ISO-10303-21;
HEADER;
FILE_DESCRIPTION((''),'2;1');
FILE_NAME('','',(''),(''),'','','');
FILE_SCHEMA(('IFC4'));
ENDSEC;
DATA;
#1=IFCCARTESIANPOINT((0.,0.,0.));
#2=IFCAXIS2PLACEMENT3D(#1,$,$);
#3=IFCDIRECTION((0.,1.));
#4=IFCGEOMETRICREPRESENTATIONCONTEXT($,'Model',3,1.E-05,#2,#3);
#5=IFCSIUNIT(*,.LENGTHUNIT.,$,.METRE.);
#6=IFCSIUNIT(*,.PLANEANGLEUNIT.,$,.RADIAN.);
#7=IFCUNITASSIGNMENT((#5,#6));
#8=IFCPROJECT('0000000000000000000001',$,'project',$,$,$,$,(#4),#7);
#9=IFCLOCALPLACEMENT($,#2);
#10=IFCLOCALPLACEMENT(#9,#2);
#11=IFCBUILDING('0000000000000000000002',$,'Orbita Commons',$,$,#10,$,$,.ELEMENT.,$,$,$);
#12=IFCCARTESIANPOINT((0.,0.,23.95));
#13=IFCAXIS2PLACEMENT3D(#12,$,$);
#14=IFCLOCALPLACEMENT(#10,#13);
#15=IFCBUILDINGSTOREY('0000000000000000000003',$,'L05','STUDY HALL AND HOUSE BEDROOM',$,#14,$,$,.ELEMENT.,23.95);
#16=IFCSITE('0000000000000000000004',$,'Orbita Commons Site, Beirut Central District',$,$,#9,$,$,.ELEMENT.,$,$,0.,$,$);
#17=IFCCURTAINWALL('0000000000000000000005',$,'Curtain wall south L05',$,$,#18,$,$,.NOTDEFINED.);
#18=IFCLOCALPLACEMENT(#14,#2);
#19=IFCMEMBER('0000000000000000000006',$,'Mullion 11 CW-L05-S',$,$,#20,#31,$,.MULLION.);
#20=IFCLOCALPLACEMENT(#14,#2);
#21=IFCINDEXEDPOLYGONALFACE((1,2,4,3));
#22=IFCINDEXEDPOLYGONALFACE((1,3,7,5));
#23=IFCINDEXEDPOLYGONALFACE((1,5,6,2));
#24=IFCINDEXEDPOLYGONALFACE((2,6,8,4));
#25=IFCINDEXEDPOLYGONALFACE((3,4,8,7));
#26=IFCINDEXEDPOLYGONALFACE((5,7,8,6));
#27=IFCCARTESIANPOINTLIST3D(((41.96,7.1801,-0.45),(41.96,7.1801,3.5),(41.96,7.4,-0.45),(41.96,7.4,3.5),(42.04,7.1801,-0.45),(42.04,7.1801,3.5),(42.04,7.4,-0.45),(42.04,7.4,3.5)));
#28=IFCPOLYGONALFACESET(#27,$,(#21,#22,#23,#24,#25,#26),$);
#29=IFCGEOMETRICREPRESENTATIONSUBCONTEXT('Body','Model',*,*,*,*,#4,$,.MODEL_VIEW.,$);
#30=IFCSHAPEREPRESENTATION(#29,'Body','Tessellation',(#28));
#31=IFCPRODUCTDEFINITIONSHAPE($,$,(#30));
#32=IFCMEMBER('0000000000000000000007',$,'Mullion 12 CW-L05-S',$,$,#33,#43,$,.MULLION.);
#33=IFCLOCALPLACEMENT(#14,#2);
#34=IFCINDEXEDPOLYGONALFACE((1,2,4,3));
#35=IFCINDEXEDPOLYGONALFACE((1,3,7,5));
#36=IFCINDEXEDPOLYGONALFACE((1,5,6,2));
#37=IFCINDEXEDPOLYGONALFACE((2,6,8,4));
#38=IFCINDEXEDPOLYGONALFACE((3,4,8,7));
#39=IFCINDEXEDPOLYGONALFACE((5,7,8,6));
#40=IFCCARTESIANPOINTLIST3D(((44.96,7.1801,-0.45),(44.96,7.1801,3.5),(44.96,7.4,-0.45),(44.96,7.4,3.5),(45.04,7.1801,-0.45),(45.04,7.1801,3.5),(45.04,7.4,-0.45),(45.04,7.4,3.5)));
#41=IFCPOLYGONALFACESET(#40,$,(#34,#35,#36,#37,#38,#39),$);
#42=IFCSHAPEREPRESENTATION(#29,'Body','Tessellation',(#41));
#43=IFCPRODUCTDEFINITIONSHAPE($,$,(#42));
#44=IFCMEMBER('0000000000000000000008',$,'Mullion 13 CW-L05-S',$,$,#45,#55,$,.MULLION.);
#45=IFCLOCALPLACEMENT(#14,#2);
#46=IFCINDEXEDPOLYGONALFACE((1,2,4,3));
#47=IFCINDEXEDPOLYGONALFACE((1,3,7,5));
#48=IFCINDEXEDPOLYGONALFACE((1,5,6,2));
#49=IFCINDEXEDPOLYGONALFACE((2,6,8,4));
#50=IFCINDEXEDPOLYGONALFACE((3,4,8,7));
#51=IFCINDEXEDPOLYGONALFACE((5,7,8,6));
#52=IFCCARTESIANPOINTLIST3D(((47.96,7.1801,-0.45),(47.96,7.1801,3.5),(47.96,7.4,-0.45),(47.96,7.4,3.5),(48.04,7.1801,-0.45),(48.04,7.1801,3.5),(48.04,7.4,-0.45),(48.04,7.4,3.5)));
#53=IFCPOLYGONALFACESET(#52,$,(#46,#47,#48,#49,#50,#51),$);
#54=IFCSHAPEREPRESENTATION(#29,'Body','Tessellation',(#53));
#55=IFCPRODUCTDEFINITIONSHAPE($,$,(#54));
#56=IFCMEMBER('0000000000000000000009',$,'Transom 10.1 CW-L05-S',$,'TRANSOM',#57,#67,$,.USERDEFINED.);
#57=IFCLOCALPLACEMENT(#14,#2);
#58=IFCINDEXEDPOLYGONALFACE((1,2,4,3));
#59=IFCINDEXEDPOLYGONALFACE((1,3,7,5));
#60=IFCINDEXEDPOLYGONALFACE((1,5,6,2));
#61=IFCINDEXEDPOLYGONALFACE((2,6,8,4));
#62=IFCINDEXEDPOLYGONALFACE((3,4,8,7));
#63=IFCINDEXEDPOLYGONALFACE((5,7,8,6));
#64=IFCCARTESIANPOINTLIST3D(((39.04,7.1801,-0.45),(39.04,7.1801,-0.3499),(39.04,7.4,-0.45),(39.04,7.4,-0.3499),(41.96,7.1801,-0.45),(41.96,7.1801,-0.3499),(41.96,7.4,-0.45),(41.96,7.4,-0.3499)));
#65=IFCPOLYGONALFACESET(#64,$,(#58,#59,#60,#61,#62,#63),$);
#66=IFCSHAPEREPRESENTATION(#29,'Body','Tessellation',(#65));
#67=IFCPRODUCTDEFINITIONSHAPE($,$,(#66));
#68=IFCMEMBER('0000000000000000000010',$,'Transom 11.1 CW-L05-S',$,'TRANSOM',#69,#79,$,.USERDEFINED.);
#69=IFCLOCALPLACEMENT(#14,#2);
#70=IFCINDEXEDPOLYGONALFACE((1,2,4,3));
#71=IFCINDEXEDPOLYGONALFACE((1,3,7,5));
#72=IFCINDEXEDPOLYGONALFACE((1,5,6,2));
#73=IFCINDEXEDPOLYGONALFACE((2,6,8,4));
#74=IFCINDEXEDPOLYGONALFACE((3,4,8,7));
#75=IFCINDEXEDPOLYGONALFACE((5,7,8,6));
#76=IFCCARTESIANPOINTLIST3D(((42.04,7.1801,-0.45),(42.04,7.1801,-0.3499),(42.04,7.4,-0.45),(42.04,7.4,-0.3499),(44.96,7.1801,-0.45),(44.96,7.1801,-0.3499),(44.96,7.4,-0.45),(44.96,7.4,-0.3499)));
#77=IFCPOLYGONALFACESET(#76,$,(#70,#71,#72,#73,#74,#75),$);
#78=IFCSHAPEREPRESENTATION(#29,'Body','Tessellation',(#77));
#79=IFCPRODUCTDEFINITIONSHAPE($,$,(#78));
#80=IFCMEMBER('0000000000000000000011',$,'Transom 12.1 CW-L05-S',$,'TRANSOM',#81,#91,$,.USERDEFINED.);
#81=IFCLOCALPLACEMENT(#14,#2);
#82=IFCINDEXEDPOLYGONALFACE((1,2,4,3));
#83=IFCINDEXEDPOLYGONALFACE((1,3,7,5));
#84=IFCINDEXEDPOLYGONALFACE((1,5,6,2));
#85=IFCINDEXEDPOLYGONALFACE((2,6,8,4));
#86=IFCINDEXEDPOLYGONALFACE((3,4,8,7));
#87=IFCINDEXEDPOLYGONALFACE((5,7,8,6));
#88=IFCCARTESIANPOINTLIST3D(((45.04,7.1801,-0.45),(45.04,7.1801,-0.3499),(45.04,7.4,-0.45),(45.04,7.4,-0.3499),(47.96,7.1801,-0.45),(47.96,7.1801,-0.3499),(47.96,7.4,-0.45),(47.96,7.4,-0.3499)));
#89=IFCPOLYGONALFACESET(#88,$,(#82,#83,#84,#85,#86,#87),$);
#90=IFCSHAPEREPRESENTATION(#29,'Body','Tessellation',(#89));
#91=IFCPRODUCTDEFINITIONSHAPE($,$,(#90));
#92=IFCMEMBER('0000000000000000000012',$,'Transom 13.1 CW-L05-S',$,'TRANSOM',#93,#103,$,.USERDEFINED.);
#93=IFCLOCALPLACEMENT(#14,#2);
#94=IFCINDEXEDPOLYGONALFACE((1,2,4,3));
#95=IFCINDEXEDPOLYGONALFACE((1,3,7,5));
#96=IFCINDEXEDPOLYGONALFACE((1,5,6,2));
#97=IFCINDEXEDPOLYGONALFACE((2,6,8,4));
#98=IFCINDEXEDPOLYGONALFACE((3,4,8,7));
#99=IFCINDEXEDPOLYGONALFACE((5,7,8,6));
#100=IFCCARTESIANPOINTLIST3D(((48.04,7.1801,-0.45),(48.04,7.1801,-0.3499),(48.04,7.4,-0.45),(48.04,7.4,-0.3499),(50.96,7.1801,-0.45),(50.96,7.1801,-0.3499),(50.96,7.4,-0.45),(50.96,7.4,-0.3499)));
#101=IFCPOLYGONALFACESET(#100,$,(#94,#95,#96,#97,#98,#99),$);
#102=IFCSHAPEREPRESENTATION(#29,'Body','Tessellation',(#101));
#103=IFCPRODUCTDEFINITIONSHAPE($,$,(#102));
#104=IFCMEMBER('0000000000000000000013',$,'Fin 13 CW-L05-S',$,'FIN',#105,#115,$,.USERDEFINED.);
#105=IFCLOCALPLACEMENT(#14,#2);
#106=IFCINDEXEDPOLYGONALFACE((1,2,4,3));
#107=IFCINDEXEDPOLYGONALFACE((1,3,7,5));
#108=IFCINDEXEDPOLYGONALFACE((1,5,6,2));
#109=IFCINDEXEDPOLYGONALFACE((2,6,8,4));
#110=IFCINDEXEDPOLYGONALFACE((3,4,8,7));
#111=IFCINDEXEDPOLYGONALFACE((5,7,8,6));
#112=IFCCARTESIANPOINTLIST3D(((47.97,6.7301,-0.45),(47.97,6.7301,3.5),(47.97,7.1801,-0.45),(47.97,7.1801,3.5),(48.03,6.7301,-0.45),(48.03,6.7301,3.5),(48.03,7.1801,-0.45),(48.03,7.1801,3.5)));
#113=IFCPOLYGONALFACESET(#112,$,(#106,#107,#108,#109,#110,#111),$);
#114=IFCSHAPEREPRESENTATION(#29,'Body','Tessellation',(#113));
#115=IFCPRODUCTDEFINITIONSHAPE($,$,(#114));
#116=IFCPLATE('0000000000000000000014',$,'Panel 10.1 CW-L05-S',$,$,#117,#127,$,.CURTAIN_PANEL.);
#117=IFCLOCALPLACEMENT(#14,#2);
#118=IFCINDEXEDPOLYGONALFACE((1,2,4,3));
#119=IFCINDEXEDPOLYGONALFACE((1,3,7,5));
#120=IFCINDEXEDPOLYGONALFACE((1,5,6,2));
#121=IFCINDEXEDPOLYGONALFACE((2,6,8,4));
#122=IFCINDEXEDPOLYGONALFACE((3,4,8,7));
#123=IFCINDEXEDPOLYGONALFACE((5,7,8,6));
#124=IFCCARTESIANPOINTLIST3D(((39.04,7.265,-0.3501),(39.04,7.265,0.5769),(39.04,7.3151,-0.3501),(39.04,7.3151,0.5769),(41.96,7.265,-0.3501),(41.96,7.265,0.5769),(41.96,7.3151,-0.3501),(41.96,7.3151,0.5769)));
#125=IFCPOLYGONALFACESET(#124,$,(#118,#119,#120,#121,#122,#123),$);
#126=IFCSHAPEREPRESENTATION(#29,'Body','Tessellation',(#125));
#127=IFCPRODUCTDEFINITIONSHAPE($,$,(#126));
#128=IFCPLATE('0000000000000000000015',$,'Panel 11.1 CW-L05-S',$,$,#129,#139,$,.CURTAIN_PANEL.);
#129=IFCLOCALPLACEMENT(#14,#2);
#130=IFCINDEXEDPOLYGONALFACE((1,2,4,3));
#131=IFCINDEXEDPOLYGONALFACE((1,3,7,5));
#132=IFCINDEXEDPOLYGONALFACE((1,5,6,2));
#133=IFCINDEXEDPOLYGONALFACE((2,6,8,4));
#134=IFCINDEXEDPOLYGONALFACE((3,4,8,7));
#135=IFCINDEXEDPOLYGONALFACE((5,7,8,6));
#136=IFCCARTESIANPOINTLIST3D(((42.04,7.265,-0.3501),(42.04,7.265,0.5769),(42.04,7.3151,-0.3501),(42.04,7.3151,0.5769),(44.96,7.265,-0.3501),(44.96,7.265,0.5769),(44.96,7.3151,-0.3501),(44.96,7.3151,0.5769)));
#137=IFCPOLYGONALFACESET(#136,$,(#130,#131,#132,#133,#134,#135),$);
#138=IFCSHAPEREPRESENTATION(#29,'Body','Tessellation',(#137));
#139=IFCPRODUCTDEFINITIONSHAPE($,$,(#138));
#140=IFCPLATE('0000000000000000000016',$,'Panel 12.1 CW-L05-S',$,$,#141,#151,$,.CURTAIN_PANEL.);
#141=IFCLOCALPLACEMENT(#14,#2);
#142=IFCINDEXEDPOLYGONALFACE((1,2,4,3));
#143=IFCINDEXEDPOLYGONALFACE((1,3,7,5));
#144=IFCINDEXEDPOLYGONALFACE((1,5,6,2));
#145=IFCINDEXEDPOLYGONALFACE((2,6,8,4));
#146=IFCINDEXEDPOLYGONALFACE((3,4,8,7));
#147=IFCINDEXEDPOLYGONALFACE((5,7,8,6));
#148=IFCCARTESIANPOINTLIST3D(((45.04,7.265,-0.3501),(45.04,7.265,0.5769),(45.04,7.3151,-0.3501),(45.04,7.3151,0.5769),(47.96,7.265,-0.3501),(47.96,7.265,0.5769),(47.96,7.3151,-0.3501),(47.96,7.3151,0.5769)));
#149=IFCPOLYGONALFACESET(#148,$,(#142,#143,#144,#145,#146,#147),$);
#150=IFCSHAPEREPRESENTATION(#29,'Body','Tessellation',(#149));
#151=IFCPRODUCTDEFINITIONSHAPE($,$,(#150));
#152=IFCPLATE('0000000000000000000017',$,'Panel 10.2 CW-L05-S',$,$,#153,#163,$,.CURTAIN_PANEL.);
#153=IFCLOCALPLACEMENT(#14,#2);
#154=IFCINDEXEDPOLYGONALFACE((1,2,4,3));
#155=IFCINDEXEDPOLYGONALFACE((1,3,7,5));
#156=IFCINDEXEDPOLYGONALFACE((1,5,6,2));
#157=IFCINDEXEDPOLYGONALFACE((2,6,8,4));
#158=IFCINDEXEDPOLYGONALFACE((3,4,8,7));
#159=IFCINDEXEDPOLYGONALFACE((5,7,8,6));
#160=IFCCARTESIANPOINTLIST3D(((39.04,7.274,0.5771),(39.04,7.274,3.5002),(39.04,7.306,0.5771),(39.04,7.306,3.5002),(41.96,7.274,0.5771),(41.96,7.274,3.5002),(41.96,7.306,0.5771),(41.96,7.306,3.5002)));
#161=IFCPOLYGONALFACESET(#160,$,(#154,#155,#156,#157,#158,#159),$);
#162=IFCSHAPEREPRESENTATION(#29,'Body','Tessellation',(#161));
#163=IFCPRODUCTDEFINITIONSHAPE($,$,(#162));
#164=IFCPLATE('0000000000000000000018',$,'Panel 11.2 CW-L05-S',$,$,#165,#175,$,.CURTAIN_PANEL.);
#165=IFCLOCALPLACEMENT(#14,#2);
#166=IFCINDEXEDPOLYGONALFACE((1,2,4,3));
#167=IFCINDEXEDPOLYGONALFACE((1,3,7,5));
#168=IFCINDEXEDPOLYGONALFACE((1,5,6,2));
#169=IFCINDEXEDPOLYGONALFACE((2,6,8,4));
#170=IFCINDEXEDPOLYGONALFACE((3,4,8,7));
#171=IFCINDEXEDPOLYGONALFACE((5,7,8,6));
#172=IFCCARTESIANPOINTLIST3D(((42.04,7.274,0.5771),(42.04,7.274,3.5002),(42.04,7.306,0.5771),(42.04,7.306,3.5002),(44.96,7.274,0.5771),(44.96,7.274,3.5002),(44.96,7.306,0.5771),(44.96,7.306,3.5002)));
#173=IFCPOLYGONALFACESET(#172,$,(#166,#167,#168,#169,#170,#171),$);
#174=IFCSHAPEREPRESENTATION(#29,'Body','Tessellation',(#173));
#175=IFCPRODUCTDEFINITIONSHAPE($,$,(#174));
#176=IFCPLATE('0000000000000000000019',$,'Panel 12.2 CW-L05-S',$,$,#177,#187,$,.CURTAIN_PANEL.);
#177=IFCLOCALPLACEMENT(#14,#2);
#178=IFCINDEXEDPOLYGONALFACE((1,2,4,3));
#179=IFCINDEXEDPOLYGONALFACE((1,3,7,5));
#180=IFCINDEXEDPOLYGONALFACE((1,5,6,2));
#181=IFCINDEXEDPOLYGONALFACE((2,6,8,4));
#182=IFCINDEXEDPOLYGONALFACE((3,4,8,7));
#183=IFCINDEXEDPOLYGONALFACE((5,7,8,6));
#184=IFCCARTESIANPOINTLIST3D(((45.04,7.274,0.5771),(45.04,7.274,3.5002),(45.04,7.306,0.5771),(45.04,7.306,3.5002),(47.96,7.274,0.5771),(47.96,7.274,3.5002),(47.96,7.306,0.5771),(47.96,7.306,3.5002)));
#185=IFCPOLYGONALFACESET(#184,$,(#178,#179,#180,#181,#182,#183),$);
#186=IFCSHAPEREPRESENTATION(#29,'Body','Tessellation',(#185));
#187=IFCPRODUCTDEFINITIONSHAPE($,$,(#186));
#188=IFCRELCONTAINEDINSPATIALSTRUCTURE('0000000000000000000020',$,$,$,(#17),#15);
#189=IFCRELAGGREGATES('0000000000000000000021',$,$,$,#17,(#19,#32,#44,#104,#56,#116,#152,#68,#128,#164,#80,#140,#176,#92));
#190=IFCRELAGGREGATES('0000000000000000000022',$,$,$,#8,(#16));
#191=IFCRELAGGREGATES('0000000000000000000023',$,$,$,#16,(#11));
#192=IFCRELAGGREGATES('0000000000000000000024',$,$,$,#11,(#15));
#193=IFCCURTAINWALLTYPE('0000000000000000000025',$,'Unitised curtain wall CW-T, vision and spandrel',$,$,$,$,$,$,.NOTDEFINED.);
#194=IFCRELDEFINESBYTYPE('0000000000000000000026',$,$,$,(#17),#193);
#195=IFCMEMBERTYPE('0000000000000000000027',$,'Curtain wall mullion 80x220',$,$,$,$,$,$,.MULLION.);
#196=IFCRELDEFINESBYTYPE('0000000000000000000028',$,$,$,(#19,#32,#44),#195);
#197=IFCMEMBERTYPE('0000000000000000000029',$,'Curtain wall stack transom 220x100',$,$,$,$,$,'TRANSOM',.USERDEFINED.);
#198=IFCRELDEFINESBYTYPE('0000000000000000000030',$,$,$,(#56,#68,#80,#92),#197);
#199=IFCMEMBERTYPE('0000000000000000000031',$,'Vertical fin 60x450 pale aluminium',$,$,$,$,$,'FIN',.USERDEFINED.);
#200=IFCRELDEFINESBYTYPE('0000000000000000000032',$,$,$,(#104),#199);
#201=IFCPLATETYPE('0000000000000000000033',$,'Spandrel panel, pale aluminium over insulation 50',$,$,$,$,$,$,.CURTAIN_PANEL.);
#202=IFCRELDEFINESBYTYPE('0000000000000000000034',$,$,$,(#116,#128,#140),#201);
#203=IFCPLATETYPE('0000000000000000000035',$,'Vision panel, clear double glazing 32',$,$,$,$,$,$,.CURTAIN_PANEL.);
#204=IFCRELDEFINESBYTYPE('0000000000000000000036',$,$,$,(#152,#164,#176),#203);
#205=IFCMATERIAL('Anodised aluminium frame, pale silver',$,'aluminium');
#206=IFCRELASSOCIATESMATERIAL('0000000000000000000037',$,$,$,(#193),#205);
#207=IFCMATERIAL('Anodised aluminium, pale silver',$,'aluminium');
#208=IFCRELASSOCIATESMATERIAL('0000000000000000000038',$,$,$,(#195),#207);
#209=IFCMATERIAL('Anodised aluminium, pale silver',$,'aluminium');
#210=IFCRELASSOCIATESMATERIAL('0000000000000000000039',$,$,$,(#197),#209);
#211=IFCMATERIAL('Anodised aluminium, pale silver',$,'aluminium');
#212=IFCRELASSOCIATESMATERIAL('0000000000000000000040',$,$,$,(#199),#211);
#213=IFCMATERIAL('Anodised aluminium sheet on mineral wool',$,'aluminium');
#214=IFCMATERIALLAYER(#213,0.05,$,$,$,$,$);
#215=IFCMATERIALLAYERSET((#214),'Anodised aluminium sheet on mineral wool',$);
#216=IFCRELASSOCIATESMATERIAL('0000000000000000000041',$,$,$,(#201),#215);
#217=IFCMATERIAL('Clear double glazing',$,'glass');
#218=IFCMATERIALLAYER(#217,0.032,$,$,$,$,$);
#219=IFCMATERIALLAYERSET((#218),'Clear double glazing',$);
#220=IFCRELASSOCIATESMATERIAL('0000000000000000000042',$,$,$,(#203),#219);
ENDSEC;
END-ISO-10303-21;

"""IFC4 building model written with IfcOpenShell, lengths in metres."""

from ifc_helpers import new_model, si_unit, direction, frame, origin, origin_2d, place, context, subcontext, project, spatial, rectangle, extrude, material, layer, layer_set, material_profile, profile_set, type_object, element, aggregate, save


model = new_model("IFC4")

# Units and contexts
model_context = context("Model", 3, precision=1e-05, world=origin(), true_north=direction((0.0, 1.0)))
body_context = subcontext(model_context, "Body", "Model", "MODEL_VIEW")
ifc_project = project(units=[si_unit("LENGTHUNIT", "METRE"), si_unit("PLANEANGLEUNIT", "RADIAN")], contexts=[model_context])

# Site, building, storey
site_placement = place(None, origin())
site = spatial("IfcSite", under=ifc_project, at=site_placement, Name="Orbita Commons Site, Beirut Central District", CompositionType="ELEMENT", RefElevation=0.0)
building_placement = place(site_placement, origin())
building = spatial("IfcBuilding", under=site, at=building_placement, Name="Orbita Commons", CompositionType="ELEMENT")
storey_placement = place(building_placement, frame((0.0, 0.0, 23.95)))
storey = spatial("IfcBuildingStorey", under=building, at=storey_placement, Name="L05", Description="STUDY HALL AND HOUSE BEDROOM", CompositionType="ELEMENT", Elevation=23.95)

# Curtain wall, members, plates
ifc_material_1 = material(Name="Anodised aluminium frame, pale silver", Category="aluminium")
curtain_wall_type = type_object("IfcCurtainWallType", Name="Unitised curtain wall CW-T, vision and spandrel", PredefinedType="NOTDEFINED", material=ifc_material_1)
curtain_wall_placement = place(storey_placement, origin())
curtain_wall = element("IfcCurtainWall", 1, at=curtain_wall_placement, inside=storey, type_object=curtain_wall_type, Name="Curtain wall south L05", PredefinedType="NOTDEFINED")
ifc_material_2 = material(Name="Anodised aluminium, pale silver", Category="aluminium")
ifc_material_profile_1 = material_profile(ifc_material_2, rectangle(XDim=0.0801, YDim=0.22, at=origin_2d()), Name="AL 80x220")
ifc_profile_set_1 = profile_set([ifc_material_profile_1], Name="Anodised aluminium, pale silver")
member_type_1 = type_object("IfcMemberType", Name="Curtain wall mullion 80x220", PredefinedType="MULLION", material=ifc_profile_set_1)
member_1_placement = place(storey_placement, frame((42.0, 7.29, -0.45), z_axis=(0.0, 0.0, 1.0), x_axis=(1.0, 0.0, 0.0)))
member_1 = element("IfcMember", 2, at=member_1_placement, type_object=member_type_1, Name="Mullion 11 CW-L05-S", PredefinedType="MULLION", context=body_context, shape_type="SweptSolid", body=[
    extrude(rectangle(XDim=0.0801, YDim=0.22, at=origin_2d()), origin(), (0.0, 0.0, 1.0), 3.95),
])
member_2_placement = place(storey_placement, frame((45.0, 7.29, -0.45), z_axis=(0.0, 0.0, 1.0), x_axis=(1.0, 0.0, 0.0)))
member_2 = element("IfcMember", 3, at=member_2_placement, type_object=member_type_1, Name="Mullion 12 CW-L05-S", PredefinedType="MULLION", context=body_context, shape_type="SweptSolid", body=[
    extrude(rectangle(XDim=0.0801, YDim=0.22, at=origin_2d()), origin(), (0.0, 0.0, 1.0), 3.95),
])
member_3_placement = place(storey_placement, frame((48.0, 7.29, -0.45), z_axis=(0.0, 0.0, 1.0), x_axis=(1.0, 0.0, 0.0)))
member_3 = element("IfcMember", 4, at=member_3_placement, type_object=member_type_1, Name="Mullion 13 CW-L05-S", PredefinedType="MULLION", context=body_context, shape_type="SweptSolid", body=[
    extrude(rectangle(XDim=0.0801, YDim=0.22, at=origin_2d()), origin(), (0.0, 0.0, 1.0), 3.95),
])
ifc_material_3 = material(Name="Anodised aluminium, pale silver", Category="aluminium")
ifc_material_profile_2 = material_profile(ifc_material_3, rectangle(XDim=0.22, YDim=0.1001, at=origin_2d()), Name="AL 220x100")
ifc_profile_set_2 = profile_set([ifc_material_profile_2], Name="Anodised aluminium, pale silver")
member_type_2 = type_object("IfcMemberType", Name="Curtain wall stack transom 220x100", ElementType="TRANSOM", PredefinedType="USERDEFINED", material=ifc_profile_set_2)
member_4_placement = place(storey_placement, frame((39.04, 7.29, -0.3999), z_axis=(1.0, 0.0, 0.0), x_axis=(0.0, 1.0, 0.0)))
member_4 = element("IfcMember", 5, at=member_4_placement, type_object=member_type_2, Name="Transom 10.1 CW-L05-S", ObjectType="TRANSOM", PredefinedType="USERDEFINED", context=body_context, shape_type="SweptSolid", body=[
    extrude(rectangle(XDim=0.22, YDim=0.1001, at=origin_2d()), origin(), (0.0, 0.0, 1.0), 2.9199),
])
member_5_placement = place(storey_placement, frame((42.04, 7.29, -0.3999), z_axis=(1.0, 0.0, 0.0), x_axis=(0.0, 1.0, 0.0)))
member_5 = element("IfcMember", 6, at=member_5_placement, type_object=member_type_2, Name="Transom 11.1 CW-L05-S", ObjectType="TRANSOM", PredefinedType="USERDEFINED", context=body_context, shape_type="SweptSolid", body=[
    extrude(rectangle(XDim=0.22, YDim=0.1001, at=origin_2d()), origin(), (0.0, 0.0, 1.0), 2.9199),
])
member_6_placement = place(storey_placement, frame((45.04, 7.29, -0.3999), z_axis=(1.0, 0.0, 0.0), x_axis=(0.0, 1.0, 0.0)))
member_6 = element("IfcMember", 7, at=member_6_placement, type_object=member_type_2, Name="Transom 12.1 CW-L05-S", ObjectType="TRANSOM", PredefinedType="USERDEFINED", context=body_context, shape_type="SweptSolid", body=[
    extrude(rectangle(XDim=0.22, YDim=0.1001, at=origin_2d()), origin(), (0.0, 0.0, 1.0), 2.9199),
])
member_7_placement = place(storey_placement, frame((48.04, 7.29, -0.3999), z_axis=(1.0, 0.0, 0.0), x_axis=(0.0, 1.0, 0.0)))
member_7 = element("IfcMember", 8, at=member_7_placement, type_object=member_type_2, Name="Transom 13.1 CW-L05-S", ObjectType="TRANSOM", PredefinedType="USERDEFINED", context=body_context, shape_type="SweptSolid", body=[
    extrude(rectangle(XDim=0.22, YDim=0.1001, at=origin_2d()), origin(), (0.0, 0.0, 1.0), 2.9199),
])
ifc_material_4 = material(Name="Anodised aluminium, pale silver", Category="aluminium")
ifc_material_profile_3 = material_profile(ifc_material_4, rectangle(XDim=0.0601, YDim=0.45, at=origin_2d()), Name="FIN 60x450")
ifc_profile_set_3 = profile_set([ifc_material_profile_3], Name="Anodised aluminium, pale silver")
member_type_3 = type_object("IfcMemberType", Name="Vertical fin 60x450 pale aluminium", ElementType="FIN", PredefinedType="USERDEFINED", material=ifc_profile_set_3)
member_8_placement = place(storey_placement, frame((48.0, 6.9551, -0.45), z_axis=(0.0, 0.0, 1.0), x_axis=(1.0, 0.0, 0.0)))
member_8 = element("IfcMember", 9, at=member_8_placement, type_object=member_type_3, Name="Fin 13 CW-L05-S", ObjectType="FIN", PredefinedType="USERDEFINED", context=body_context, shape_type="SweptSolid", body=[
    extrude(rectangle(XDim=0.0601, YDim=0.45, at=origin_2d()), origin(), (0.0, 0.0, 1.0), 3.95),
])
ifc_material_5 = material(Name="Anodised aluminium sheet on mineral wool", Category="aluminium")
ifc_layer_1 = layer(ifc_material_5, 0.05)
ifc_layer_set_1 = layer_set([ifc_layer_1], Name="Anodised aluminium sheet on mineral wool")
plate_type_1 = type_object("IfcPlateType", Name="Spandrel panel, pale aluminium over insulation 50", PredefinedType="CURTAIN_PANEL", material=ifc_layer_set_1)
plate_1_placement = place(storey_placement, frame((40.5, 7.29, -0.3501), z_axis=(0.0, 0.0, 1.0), x_axis=(1.0, 0.0, 0.0)))
plate_1 = element("IfcPlate", 10, at=plate_1_placement, type_object=plate_type_1, Name="Panel 10.1 CW-L05-S", PredefinedType="CURTAIN_PANEL", context=body_context, shape_type="SweptSolid", body=[
    extrude(rectangle(XDim=2.9199, YDim=0.05, at=origin_2d()), origin(), (0.0, 0.0, 1.0), 0.927),
])
plate_2_placement = place(storey_placement, frame((43.5, 7.29, -0.3501), z_axis=(0.0, 0.0, 1.0), x_axis=(1.0, 0.0, 0.0)))
plate_2 = element("IfcPlate", 11, at=plate_2_placement, type_object=plate_type_1, Name="Panel 11.1 CW-L05-S", PredefinedType="CURTAIN_PANEL", context=body_context, shape_type="SweptSolid", body=[
    extrude(rectangle(XDim=2.9199, YDim=0.05, at=origin_2d()), origin(), (0.0, 0.0, 1.0), 0.927),
])
plate_3_placement = place(storey_placement, frame((46.5, 7.29, -0.3501), z_axis=(0.0, 0.0, 1.0), x_axis=(1.0, 0.0, 0.0)))
plate_3 = element("IfcPlate", 12, at=plate_3_placement, type_object=plate_type_1, Name="Panel 12.1 CW-L05-S", PredefinedType="CURTAIN_PANEL", context=body_context, shape_type="SweptSolid", body=[
    extrude(rectangle(XDim=2.9199, YDim=0.05, at=origin_2d()), origin(), (0.0, 0.0, 1.0), 0.927),
])
ifc_material_6 = material(Name="Clear double glazing", Category="glass")
ifc_layer_2 = layer(ifc_material_6, 0.032)
ifc_layer_set_2 = layer_set([ifc_layer_2], Name="Clear double glazing")
plate_type_2 = type_object("IfcPlateType", Name="Vision panel, clear double glazing 32", PredefinedType="CURTAIN_PANEL", material=ifc_layer_set_2)
plate_4_placement = place(storey_placement, frame((40.5, 7.29, 0.5771), z_axis=(0.0, 0.0, 1.0), x_axis=(1.0, 0.0, 0.0)))
plate_4 = element("IfcPlate", 13, at=plate_4_placement, type_object=plate_type_2, Name="Panel 10.2 CW-L05-S", PredefinedType="CURTAIN_PANEL", context=body_context, shape_type="SweptSolid", body=[
    extrude(rectangle(XDim=2.9199, YDim=0.032, at=origin_2d()), origin(), (0.0, 0.0, 1.0), 2.9231),
])
plate_5_placement = place(storey_placement, frame((43.5, 7.29, 0.5771), z_axis=(0.0, 0.0, 1.0), x_axis=(1.0, 0.0, 0.0)))
plate_5 = element("IfcPlate", 14, at=plate_5_placement, type_object=plate_type_2, Name="Panel 11.2 CW-L05-S", PredefinedType="CURTAIN_PANEL", context=body_context, shape_type="SweptSolid", body=[
    extrude(rectangle(XDim=2.9199, YDim=0.032, at=origin_2d()), origin(), (0.0, 0.0, 1.0), 2.9231),
])
plate_6_placement = place(storey_placement, frame((46.5, 7.29, 0.5771), z_axis=(0.0, 0.0, 1.0), x_axis=(1.0, 0.0, 0.0)))
plate_6 = element("IfcPlate", 15, at=plate_6_placement, type_object=plate_type_2, Name="Panel 12.2 CW-L05-S", PredefinedType="CURTAIN_PANEL", context=body_context, shape_type="SweptSolid", body=[
    extrude(rectangle(XDim=2.9199, YDim=0.032, at=origin_2d()), origin(), (0.0, 0.0, 1.0), 2.9231),
])
aggregate(curtain_wall, [member_1, member_2, member_3, member_8, member_4, plate_1, plate_4, member_5, plate_2, plate_5, member_6, plate_3, plate_6, member_7])

save(model, "model.ifc")
